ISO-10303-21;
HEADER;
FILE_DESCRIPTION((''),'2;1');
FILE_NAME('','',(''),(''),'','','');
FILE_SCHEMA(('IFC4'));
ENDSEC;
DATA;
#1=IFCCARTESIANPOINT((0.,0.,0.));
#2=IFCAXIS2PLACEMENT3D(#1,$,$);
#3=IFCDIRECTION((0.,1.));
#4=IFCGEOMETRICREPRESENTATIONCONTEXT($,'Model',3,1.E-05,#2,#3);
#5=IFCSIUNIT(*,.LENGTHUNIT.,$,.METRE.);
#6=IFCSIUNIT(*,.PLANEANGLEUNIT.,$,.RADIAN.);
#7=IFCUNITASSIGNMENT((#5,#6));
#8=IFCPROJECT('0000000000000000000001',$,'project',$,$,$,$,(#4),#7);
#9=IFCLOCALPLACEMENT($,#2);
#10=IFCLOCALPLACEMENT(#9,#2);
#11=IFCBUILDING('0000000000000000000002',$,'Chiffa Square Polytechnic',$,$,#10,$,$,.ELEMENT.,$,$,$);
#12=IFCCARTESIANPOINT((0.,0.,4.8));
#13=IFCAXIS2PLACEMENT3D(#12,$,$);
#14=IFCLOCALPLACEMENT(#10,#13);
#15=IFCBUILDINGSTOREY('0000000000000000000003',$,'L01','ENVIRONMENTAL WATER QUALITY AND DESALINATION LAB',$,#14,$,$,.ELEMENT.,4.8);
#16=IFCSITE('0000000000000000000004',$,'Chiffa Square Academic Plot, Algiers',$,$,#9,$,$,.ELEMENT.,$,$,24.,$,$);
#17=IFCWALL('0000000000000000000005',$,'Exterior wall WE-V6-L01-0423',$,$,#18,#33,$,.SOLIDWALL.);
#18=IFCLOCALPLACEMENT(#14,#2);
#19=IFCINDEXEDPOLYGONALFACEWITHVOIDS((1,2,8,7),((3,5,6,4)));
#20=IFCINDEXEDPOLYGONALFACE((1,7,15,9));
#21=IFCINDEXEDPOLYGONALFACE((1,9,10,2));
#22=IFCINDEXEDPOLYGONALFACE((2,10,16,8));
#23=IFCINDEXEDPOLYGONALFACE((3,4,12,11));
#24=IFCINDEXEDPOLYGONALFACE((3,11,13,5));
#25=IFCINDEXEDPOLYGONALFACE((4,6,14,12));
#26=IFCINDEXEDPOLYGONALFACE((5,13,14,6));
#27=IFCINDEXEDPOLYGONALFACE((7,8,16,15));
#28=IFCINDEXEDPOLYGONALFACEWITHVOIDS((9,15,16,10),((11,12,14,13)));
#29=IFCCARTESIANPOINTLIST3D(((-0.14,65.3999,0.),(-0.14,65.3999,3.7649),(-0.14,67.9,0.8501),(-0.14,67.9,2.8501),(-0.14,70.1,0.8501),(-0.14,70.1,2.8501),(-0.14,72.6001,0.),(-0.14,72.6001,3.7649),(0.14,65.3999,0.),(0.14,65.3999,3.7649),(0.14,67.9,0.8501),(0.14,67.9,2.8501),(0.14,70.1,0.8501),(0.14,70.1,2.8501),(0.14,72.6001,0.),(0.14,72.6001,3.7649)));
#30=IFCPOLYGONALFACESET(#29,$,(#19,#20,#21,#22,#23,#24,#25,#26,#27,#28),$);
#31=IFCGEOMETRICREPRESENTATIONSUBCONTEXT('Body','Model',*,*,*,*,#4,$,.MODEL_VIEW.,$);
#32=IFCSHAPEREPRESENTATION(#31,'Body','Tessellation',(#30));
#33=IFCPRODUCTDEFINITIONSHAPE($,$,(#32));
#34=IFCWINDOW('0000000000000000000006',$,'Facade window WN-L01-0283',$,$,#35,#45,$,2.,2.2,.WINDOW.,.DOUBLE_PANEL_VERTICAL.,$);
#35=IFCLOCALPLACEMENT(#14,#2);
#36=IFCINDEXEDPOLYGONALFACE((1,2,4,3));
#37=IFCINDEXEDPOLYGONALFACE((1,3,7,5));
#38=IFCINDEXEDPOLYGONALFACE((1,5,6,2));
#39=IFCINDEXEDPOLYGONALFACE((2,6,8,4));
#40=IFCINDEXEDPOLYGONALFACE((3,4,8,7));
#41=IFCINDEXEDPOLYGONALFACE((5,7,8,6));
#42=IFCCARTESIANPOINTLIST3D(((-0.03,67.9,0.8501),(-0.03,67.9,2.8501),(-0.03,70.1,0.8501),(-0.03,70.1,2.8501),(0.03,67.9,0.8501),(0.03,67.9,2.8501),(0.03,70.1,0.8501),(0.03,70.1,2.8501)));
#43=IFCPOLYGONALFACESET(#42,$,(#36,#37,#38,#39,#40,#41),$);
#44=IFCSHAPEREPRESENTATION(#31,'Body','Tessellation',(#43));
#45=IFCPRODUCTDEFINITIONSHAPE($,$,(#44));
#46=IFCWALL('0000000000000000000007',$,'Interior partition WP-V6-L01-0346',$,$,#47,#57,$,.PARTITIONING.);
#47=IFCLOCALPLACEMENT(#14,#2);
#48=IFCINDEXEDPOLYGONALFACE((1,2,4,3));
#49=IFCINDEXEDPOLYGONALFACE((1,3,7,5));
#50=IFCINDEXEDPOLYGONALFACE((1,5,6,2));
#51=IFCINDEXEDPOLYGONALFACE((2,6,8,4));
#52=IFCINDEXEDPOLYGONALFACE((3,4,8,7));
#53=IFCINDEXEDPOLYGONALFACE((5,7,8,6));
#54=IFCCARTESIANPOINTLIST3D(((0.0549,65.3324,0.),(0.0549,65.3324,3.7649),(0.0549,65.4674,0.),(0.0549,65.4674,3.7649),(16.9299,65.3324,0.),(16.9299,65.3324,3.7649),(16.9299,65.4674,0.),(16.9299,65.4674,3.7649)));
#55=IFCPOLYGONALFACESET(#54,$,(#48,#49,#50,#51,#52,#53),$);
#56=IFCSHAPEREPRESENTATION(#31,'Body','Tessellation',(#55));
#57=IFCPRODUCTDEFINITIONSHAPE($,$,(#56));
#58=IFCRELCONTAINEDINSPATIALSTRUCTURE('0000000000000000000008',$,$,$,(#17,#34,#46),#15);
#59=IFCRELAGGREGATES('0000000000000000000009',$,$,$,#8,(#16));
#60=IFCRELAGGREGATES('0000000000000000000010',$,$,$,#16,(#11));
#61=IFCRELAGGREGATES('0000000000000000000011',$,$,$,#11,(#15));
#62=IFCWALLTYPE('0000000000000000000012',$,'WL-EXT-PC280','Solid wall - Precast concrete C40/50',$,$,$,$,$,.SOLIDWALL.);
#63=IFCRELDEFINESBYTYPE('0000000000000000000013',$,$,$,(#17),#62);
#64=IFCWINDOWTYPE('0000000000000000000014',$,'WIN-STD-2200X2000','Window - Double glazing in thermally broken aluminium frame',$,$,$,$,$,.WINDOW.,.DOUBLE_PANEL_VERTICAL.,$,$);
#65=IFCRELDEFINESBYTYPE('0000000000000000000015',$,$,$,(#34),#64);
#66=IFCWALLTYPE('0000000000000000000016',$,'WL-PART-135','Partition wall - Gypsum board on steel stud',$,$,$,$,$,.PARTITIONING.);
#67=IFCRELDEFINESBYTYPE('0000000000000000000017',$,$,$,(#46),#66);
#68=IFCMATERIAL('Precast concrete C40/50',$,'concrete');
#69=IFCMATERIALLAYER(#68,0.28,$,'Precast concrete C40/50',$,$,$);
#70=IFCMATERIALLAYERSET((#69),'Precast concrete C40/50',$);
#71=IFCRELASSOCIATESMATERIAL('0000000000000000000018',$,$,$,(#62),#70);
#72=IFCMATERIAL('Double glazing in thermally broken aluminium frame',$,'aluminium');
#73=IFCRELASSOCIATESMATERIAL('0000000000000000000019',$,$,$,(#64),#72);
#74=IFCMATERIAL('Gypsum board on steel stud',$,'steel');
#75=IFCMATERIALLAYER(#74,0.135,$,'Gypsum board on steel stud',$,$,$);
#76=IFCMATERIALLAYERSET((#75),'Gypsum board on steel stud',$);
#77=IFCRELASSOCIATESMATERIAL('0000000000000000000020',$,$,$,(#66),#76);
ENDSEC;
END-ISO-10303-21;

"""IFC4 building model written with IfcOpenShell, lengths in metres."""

from ifc_helpers import new_model, si_unit, direction, frame, frame_2d, origin, place, context, subcontext, project, spatial, rectangle, extrude, material, layer, layer_set, type_object, element, fill, save


model = new_model("IFC4")

# Units and contexts
model_context = context("Model", 3, precision=1e-05, world=origin(), true_north=direction((0.0, 1.0)))
body_context = subcontext(model_context, "Body", "Model", "MODEL_VIEW")
ifc_project = project(units=[si_unit("LENGTHUNIT", "METRE"), si_unit("PLANEANGLEUNIT", "RADIAN")], contexts=[model_context])

# Site, building, storey
site_placement = place(None, origin())
site = spatial("IfcSite", under=ifc_project, at=site_placement, Name="Chiffa Square Academic Plot, Algiers", CompositionType="ELEMENT", RefElevation=24.0)
building_placement = place(site_placement, origin())
building = spatial("IfcBuilding", under=site, at=building_placement, Name="Chiffa Square Polytechnic", CompositionType="ELEMENT")
storey_placement = place(building_placement, frame((0.0, 0.0, 4.8)))
storey = spatial("IfcBuildingStorey", under=building, at=storey_placement, Name="L01", Description="ENVIRONMENTAL WATER QUALITY AND DESALINATION LAB", CompositionType="ELEMENT", Elevation=4.8)

# Shared definitions
ifc_material_1 = material(Name="Precast concrete C40/50", Category="concrete")

# Wall, opening, window
ifc_layer_1 = layer(ifc_material_1, 0.28, Name="Precast concrete C40/50")
ifc_layer_set_1 = layer_set([ifc_layer_1], Name="Precast concrete C40/50")
wall_type_1 = type_object("IfcWallType", Name="WL-EXT-PC280", Description="Solid wall - Precast concrete C40/50", PredefinedType="SOLIDWALL", material=ifc_layer_set_1)
wall_1_placement = place(storey_placement, frame((0.0, 72.6001, 0.0), z_axis=(0.0, 0.0, 1.0), x_axis=(0.0, -1.0, 0.0)))
wall_1 = element("IfcWall", 1, at=wall_1_placement, inside=storey, type_object=wall_type_1, Name="Exterior wall WE-V6-L01-0423", PredefinedType="SOLIDWALL", context=body_context, shape_type="SweptSolid", body=[
    extrude(rectangle(XDim=7.2002, YDim=0.28, at=frame_2d((3.6001, 0.0))), origin(), (0.0, 0.0, 1.0), 3.7649),
])
opening_placement = place(wall_1_placement, frame((2.5, 0.0, 0.8501)))
opening = element("IfcOpeningElement", 2, at=opening_placement, cuts=wall_1, PredefinedType="OPENING", context=body_context, shape_type="SweptSolid", body=[
    extrude(rectangle(XDim=2.2, YDim=2.0, at=frame_2d((1.1001, 1.0))), frame((0.0, 0.1499, 0.0), z_axis=(0.0, -1.0, 0.0), x_axis=(1.0, 0.0, 0.0)), (0.0, 0.0, 1.0), 0.3),
])
ifc_material_2 = material(Name="Double glazing in thermally broken aluminium frame", Category="aluminium")
window_type = type_object("IfcWindowType", Name="WIN-STD-2200X2000", Description="Window - Double glazing in thermally broken aluminium frame", PartitioningType="DOUBLE_PANEL_VERTICAL", PredefinedType="WINDOW", material=ifc_material_2)
window_placement = place(opening_placement, origin())
window = element("IfcWindow", 3, at=window_placement, inside=storey, type_object=window_type, Name="Facade window WN-L01-0283", OverallHeight=2.0, OverallWidth=2.2, PartitioningType="DOUBLE_PANEL_VERTICAL", PredefinedType="WINDOW", context=body_context, shape_type="SweptSolid", body=[
    extrude(rectangle(XDim=2.2, YDim=2.0, at=frame_2d((1.1001, 1.0))), frame((0.0, 0.03, 0.0), z_axis=(0.0, -1.0, 0.0), x_axis=(1.0, 0.0, 0.0)), (0.0, 0.0, 1.0), 0.0601),
])
fill(opening, window)

# Wall
ifc_material_3 = material(Name="Gypsum board on steel stud", Category="steel")
ifc_layer_2 = layer(ifc_material_3, 0.135, Name="Gypsum board on steel stud")
ifc_layer_set_2 = layer_set([ifc_layer_2], Name="Gypsum board on steel stud")
wall_type_2 = type_object("IfcWallType", Name="WL-PART-135", Description="Partition wall - Gypsum board on steel stud", PredefinedType="PARTITIONING", material=ifc_layer_set_2)
wall_2_placement = place(storey_placement, frame((0.0549, 65.3999, 0.0), z_axis=(0.0, 0.0, 1.0), x_axis=(1.0, 0.0, 0.0)))
element("IfcWall", 4, at=wall_2_placement, inside=storey, type_object=wall_type_2, Name="Interior partition WP-V6-L01-0346", PredefinedType="PARTITIONING", context=body_context, shape_type="SweptSolid", body=[
    extrude(rectangle(XDim=16.875, YDim=0.135, at=frame_2d((8.4375, 0.0))), origin(), (0.0, 0.0, 1.0), 3.7649),
])

save(model, "model.ifc")
